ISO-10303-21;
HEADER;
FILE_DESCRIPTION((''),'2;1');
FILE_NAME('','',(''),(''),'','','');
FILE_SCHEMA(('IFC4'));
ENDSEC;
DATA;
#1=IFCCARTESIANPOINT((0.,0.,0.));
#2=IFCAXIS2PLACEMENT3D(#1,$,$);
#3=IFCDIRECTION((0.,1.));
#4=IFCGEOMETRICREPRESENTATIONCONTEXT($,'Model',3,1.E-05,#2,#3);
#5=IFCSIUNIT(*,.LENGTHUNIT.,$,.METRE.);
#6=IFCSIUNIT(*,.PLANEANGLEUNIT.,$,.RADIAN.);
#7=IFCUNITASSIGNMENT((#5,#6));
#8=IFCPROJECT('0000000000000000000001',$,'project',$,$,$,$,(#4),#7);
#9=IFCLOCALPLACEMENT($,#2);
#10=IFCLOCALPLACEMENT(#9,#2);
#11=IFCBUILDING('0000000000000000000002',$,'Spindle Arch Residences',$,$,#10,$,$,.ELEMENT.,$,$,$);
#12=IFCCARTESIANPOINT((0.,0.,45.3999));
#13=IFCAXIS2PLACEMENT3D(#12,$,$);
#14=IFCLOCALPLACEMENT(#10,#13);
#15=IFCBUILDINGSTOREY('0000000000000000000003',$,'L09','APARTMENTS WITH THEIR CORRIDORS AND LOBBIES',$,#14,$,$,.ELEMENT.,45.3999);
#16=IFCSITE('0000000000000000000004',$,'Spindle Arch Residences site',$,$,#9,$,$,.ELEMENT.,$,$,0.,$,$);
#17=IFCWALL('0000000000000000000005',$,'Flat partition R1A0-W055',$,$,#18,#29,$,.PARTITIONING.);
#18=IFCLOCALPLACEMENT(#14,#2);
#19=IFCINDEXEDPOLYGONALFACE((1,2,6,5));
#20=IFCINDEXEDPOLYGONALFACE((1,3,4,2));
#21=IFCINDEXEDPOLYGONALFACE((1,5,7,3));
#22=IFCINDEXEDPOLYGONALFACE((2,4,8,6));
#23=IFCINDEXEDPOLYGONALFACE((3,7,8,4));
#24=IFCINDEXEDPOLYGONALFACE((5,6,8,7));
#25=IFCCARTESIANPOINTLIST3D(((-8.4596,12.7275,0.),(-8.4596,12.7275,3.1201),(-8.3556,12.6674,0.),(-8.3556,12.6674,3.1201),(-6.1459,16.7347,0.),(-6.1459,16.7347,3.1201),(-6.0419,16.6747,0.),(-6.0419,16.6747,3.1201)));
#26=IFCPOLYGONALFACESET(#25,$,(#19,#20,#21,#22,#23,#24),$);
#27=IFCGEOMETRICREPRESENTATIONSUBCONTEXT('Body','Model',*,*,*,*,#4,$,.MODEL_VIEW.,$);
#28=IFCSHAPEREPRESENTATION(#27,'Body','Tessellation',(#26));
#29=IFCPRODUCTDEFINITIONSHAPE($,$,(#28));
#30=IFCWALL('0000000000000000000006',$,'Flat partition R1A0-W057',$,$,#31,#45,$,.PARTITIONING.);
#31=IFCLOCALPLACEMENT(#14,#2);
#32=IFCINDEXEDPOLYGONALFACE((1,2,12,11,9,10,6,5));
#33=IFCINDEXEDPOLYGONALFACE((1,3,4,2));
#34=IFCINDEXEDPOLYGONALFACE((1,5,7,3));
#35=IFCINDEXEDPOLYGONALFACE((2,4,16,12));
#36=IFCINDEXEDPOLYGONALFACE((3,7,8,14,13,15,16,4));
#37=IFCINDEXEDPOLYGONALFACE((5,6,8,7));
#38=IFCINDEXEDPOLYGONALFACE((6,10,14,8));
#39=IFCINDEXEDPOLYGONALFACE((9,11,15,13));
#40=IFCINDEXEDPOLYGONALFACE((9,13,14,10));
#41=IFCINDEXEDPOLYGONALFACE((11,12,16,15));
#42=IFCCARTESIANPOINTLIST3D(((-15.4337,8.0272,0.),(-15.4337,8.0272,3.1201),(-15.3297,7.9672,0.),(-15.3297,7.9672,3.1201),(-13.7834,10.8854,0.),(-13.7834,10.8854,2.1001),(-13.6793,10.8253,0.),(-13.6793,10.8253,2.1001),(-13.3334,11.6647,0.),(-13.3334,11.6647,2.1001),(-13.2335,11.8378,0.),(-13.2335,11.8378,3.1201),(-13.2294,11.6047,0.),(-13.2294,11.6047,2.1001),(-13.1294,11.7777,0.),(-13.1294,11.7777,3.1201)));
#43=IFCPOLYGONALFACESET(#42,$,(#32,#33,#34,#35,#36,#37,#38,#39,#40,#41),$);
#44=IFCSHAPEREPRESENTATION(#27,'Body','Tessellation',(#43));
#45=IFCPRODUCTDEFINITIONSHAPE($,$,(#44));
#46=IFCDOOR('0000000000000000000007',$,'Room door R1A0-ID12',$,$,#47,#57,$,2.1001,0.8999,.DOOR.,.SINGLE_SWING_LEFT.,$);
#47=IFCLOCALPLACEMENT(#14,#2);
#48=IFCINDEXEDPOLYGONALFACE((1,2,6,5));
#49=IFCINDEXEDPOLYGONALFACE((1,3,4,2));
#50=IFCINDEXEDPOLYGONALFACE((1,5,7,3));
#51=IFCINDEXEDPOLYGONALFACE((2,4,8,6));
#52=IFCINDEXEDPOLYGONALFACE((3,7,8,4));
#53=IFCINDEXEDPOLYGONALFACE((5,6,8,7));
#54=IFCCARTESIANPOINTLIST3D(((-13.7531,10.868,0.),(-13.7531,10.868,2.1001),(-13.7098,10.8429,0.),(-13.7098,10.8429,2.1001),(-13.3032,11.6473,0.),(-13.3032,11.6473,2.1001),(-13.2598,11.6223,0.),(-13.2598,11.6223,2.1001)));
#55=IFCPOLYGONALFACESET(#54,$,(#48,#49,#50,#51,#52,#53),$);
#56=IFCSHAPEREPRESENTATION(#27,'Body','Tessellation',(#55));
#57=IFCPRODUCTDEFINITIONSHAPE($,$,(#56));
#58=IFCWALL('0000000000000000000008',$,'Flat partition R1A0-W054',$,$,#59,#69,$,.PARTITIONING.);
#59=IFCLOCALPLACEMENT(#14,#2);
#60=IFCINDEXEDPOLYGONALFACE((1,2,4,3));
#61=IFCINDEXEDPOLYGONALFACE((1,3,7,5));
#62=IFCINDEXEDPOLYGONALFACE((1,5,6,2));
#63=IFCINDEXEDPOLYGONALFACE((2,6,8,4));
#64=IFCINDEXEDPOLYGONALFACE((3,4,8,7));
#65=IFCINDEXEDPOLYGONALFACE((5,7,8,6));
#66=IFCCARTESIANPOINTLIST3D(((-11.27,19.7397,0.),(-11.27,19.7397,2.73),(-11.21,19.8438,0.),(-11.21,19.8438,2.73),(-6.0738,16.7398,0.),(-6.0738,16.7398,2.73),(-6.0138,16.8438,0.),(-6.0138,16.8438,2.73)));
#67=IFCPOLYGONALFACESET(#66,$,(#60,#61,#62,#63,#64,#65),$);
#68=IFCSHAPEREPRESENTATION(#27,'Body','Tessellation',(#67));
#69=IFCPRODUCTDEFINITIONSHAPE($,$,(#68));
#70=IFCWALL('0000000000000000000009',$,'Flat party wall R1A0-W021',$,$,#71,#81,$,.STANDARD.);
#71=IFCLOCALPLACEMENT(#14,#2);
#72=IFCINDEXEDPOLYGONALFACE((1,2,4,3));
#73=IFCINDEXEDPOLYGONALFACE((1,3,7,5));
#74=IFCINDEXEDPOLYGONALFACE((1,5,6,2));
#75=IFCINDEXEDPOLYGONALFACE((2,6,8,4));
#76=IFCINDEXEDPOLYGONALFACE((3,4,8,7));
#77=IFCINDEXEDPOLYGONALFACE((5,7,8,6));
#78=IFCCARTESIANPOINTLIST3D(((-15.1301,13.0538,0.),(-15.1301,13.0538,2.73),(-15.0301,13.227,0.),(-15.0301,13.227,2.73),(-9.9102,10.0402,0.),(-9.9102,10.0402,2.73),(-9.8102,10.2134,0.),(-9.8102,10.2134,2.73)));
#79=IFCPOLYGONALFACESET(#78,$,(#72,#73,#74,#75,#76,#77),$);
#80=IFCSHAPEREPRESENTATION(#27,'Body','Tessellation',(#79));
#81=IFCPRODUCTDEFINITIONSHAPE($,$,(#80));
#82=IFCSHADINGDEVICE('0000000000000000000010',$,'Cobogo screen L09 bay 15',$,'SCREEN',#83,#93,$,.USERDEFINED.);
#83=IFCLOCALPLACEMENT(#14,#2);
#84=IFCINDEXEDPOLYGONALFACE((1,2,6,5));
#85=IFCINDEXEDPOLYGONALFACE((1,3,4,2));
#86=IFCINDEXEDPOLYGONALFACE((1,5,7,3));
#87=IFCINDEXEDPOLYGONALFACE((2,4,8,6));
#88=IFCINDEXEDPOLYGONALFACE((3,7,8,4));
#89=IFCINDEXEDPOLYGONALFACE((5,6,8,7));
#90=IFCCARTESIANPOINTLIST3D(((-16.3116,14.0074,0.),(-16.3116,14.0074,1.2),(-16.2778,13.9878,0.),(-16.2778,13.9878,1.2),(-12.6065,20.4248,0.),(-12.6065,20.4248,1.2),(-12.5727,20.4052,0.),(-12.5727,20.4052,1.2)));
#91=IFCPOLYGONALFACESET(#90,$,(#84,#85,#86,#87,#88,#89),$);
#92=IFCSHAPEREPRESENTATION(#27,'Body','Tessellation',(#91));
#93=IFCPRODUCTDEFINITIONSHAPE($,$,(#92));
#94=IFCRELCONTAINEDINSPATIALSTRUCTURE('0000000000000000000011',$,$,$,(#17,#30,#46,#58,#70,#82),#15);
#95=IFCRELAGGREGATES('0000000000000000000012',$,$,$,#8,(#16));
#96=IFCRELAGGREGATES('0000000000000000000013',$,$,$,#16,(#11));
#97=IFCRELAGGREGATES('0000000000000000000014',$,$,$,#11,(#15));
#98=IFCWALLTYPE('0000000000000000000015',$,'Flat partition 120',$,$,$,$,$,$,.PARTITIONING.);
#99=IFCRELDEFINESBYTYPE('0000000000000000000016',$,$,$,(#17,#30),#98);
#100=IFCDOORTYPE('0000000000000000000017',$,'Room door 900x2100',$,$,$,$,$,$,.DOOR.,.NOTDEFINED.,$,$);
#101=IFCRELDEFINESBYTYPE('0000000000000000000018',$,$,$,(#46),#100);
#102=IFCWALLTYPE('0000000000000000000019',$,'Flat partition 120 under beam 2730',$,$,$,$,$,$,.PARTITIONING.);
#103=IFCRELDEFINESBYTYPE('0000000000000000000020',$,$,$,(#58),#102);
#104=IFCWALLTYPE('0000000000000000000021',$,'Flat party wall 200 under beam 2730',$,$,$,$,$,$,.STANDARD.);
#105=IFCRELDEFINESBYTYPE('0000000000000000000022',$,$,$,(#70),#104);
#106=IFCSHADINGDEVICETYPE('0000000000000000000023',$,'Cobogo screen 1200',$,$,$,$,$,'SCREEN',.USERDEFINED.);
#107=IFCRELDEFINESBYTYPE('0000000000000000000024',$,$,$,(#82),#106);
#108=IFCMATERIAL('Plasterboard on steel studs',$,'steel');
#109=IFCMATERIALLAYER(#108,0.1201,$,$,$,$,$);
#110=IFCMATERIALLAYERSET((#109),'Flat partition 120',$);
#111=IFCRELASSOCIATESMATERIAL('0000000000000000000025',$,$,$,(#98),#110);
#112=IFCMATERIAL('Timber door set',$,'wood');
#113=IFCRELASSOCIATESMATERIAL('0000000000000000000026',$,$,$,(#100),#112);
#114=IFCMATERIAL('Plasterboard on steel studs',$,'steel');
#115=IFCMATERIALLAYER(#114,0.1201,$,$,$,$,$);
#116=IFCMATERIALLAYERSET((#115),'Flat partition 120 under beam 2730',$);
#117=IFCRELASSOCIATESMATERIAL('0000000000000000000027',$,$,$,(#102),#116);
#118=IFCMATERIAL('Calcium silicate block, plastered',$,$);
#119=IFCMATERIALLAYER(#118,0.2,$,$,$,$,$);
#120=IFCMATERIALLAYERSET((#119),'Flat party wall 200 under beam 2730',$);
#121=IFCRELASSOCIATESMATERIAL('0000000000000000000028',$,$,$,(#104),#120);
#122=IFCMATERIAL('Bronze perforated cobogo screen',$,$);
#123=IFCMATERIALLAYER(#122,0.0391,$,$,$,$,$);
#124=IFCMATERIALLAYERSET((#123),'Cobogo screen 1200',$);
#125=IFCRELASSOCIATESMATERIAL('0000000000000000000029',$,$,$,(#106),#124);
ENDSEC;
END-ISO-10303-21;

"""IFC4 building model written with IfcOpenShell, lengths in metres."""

from ifc_helpers import new_model, si_unit, direction, frame, frame_2d, origin, origin_2d, place, context, subcontext, project, spatial, rectangle, extrude, material, layer, layer_set, type_object, element, fill, save


model = new_model("IFC4")

# Units and contexts
model_context = context("Model", 3, precision=1e-05, world=origin(), true_north=direction((0.0, 1.0)))
body_context = subcontext(model_context, "Body", "Model", "MODEL_VIEW")
ifc_project = project(units=[si_unit("LENGTHUNIT", "METRE"), si_unit("PLANEANGLEUNIT", "RADIAN")], contexts=[model_context])

# Site, building, storey
site_placement = place(None, origin())
site = spatial("IfcSite", under=ifc_project, at=site_placement, Name="Spindle Arch Residences site", CompositionType="ELEMENT", RefElevation=0.0)
building_placement = place(site_placement, origin())
building = spatial("IfcBuilding", under=site, at=building_placement, Name="Spindle Arch Residences", CompositionType="ELEMENT")
storey_placement = place(building_placement, frame((0.0, 0.0, 45.3999)))
storey = spatial("IfcBuildingStorey", under=building, at=storey_placement, Name="L09", Description="APARTMENTS WITH THEIR CORRIDORS AND LOBBIES", CompositionType="ELEMENT", Elevation=45.3999)

# Shared definitions
ifc_material_1 = material(Name="Plasterboard on steel studs", Category="steel")
ifc_layer_1 = layer(ifc_material_1, 0.1201)
ifc_layer_set_1 = layer_set([ifc_layer_1], Name="Flat partition 120")
wall_type_1 = type_object("IfcWallType", Name="Flat partition 120", PredefinedType="PARTITIONING", material=ifc_layer_set_1)
ifc_material_2 = material(Name="Timber door set", Category="wood")
door_type_1 = type_object("IfcDoorType", Name="Room door 900x2100", OperationType="NOTDEFINED", PredefinedType="DOOR", material=ifc_material_2)

# Wall
wall_1_placement = place(storey_placement, frame((-6.094, 16.7046, 0.0), z_axis=(0.0, 0.0, 1.0), x_axis=(-0.500015, -0.866017, 0.0)))
element("IfcWall", 1, at=wall_1_placement, inside=storey, type_object=wall_type_1, Name="Flat partition R1A0-W055", PredefinedType="PARTITIONING", context=body_context, shape_type="SweptSolid", body=[
    extrude(rectangle(XDim=4.6272, YDim=0.1201, at=frame_2d((2.3135, 0.0))), origin(), (0.0, 0.0, 1.0), 3.1201),
])

# Wall, opening, door
wall_2_placement = place(storey_placement, frame((-13.1814, 11.8079, 0.0), z_axis=(0.0, 0.0, 1.0), x_axis=(-0.50003, -0.866008, 0.0)))
wall_2 = element("IfcWall", 2, at=wall_2_placement, inside=storey, type_object=wall_type_1, Name="Flat partition R1A0-W057", PredefinedType="PARTITIONING", context=body_context, shape_type="SweptSolid", body=[
    extrude(rectangle(XDim=4.4001, YDim=0.1201, at=frame_2d((2.2002, 0.0))), origin(), (0.0, 0.0, 1.0), 3.1201),
])
opening_1_placement = place(wall_2_placement, frame((0.2, 0.0, 0.0)))
opening_1 = element("IfcOpeningElement", 3, at=opening_1_placement, cuts=wall_2, PredefinedType="OPENING", context=body_context, shape_type="SweptSolid", body=[
    extrude(rectangle(XDim=0.8999, YDim=2.1001, at=frame_2d((0.45, 1.05))), frame((0.0, 0.0701, 0.0), z_axis=(0.0, -1.0, 0.0), x_axis=(1.0, 0.0, 0.0)), (0.0, 0.0, 1.0), 0.1401),
])
door_1_placement = place(opening_1_placement, origin())
door_1 = element("IfcDoor", 4, at=door_1_placement, inside=storey, type_object=door_type_1, Name="Room door R1A0-ID12", OperationType="SINGLE_SWING_LEFT", OverallHeight=2.1001, OverallWidth=0.8999, PredefinedType="DOOR", context=body_context, shape_type="SweptSolid", body=[
    extrude(rectangle(XDim=0.8999, YDim=2.1001, at=frame_2d((0.45, 1.05))), frame((0.0, 0.0249, 0.0), z_axis=(0.0, -1.0, 0.0), x_axis=(1.0, 0.0, 0.0)), (0.0, 0.0, 1.0), 0.05),
])
fill(opening_1, door_1)

# Walls
ifc_material_3 = material(Name="Plasterboard on steel studs", Category="steel")
ifc_layer_2 = layer(ifc_material_3, 0.1201)
ifc_layer_set_2 = layer_set([ifc_layer_2], Name="Flat partition 120 under beam 2730")
wall_type_2 = type_object("IfcWallType", Name="Flat partition 120 under beam 2730", PredefinedType="PARTITIONING", material=ifc_layer_set_2)
wall_3_placement = place(storey_placement, frame((-11.24, 19.7917, 0.0), z_axis=(0.0, 0.0, 1.0), x_axis=(0.866031, -0.49999, 0.0)))
element("IfcWall", 5, at=wall_3_placement, inside=storey, type_object=wall_type_2, Name="Flat partition R1A0-W054", PredefinedType="PARTITIONING", context=body_context, shape_type="SweptSolid", body=[
    extrude(rectangle(XDim=6.0, YDim=0.1201, at=frame_2d((3.0, 0.0))), origin(), (0.0, 0.0, 1.0), 2.73),
])
ifc_material_4 = material(Name="Calcium silicate block, plastered")
ifc_layer_3 = layer(ifc_material_4, 0.2)
ifc_layer_set_3 = layer_set([ifc_layer_3], Name="Flat party wall 200 under beam 2730")
wall_type_3 = type_object("IfcWallType", Name="Flat party wall 200 under beam 2730", PredefinedType="STANDARD", material=ifc_layer_set_3)
wall_4_placement = place(storey_placement, frame((-15.0801, 13.1404, 0.0), z_axis=(0.0, 0.0, 1.0), x_axis=(0.866031, -0.49999, 0.0)))
element("IfcWall", 6, at=wall_4_placement, inside=storey, type_object=wall_type_3, Name="Flat party wall R1A0-W021", PredefinedType="STANDARD", context=body_context, shape_type="SweptSolid", body=[
    extrude(rectangle(XDim=6.0273, YDim=0.2, at=frame_2d((3.0137, 0.0))), origin(), (0.0, 0.0, 1.0), 2.73),
])

# Shading device
ifc_material_5 = material(Name="Bronze perforated cobogo screen")
ifc_layer_4 = layer(ifc_material_5, 0.0391)
ifc_layer_set_4 = layer_set([ifc_layer_4], Name="Cobogo screen 1200")
shading_device_type = type_object("IfcShadingDeviceType", Name="Cobogo screen 1200", ElementType="SCREEN", PredefinedType="USERDEFINED", material=ifc_layer_set_4)
shading_device_placement = place(storey_placement, frame((-14.4421, 17.2063, 0.0), z_axis=(0.0, 0.0, 1.0), x_axis=(-0.5, -0.866025, 0.0)))
element("IfcShadingDevice", 7, at=shading_device_placement, inside=storey, type_object=shading_device_type, Name="Cobogo screen L09 bay 15", ObjectType="SCREEN", PredefinedType="USERDEFINED", context=body_context, shape_type="SweptSolid", body=[
    extrude(rectangle(XDim=7.4102, YDim=0.0391, at=origin_2d()), origin(), (0.0, 0.0, 1.0), 1.2),
])

save(model, "model.ifc")
